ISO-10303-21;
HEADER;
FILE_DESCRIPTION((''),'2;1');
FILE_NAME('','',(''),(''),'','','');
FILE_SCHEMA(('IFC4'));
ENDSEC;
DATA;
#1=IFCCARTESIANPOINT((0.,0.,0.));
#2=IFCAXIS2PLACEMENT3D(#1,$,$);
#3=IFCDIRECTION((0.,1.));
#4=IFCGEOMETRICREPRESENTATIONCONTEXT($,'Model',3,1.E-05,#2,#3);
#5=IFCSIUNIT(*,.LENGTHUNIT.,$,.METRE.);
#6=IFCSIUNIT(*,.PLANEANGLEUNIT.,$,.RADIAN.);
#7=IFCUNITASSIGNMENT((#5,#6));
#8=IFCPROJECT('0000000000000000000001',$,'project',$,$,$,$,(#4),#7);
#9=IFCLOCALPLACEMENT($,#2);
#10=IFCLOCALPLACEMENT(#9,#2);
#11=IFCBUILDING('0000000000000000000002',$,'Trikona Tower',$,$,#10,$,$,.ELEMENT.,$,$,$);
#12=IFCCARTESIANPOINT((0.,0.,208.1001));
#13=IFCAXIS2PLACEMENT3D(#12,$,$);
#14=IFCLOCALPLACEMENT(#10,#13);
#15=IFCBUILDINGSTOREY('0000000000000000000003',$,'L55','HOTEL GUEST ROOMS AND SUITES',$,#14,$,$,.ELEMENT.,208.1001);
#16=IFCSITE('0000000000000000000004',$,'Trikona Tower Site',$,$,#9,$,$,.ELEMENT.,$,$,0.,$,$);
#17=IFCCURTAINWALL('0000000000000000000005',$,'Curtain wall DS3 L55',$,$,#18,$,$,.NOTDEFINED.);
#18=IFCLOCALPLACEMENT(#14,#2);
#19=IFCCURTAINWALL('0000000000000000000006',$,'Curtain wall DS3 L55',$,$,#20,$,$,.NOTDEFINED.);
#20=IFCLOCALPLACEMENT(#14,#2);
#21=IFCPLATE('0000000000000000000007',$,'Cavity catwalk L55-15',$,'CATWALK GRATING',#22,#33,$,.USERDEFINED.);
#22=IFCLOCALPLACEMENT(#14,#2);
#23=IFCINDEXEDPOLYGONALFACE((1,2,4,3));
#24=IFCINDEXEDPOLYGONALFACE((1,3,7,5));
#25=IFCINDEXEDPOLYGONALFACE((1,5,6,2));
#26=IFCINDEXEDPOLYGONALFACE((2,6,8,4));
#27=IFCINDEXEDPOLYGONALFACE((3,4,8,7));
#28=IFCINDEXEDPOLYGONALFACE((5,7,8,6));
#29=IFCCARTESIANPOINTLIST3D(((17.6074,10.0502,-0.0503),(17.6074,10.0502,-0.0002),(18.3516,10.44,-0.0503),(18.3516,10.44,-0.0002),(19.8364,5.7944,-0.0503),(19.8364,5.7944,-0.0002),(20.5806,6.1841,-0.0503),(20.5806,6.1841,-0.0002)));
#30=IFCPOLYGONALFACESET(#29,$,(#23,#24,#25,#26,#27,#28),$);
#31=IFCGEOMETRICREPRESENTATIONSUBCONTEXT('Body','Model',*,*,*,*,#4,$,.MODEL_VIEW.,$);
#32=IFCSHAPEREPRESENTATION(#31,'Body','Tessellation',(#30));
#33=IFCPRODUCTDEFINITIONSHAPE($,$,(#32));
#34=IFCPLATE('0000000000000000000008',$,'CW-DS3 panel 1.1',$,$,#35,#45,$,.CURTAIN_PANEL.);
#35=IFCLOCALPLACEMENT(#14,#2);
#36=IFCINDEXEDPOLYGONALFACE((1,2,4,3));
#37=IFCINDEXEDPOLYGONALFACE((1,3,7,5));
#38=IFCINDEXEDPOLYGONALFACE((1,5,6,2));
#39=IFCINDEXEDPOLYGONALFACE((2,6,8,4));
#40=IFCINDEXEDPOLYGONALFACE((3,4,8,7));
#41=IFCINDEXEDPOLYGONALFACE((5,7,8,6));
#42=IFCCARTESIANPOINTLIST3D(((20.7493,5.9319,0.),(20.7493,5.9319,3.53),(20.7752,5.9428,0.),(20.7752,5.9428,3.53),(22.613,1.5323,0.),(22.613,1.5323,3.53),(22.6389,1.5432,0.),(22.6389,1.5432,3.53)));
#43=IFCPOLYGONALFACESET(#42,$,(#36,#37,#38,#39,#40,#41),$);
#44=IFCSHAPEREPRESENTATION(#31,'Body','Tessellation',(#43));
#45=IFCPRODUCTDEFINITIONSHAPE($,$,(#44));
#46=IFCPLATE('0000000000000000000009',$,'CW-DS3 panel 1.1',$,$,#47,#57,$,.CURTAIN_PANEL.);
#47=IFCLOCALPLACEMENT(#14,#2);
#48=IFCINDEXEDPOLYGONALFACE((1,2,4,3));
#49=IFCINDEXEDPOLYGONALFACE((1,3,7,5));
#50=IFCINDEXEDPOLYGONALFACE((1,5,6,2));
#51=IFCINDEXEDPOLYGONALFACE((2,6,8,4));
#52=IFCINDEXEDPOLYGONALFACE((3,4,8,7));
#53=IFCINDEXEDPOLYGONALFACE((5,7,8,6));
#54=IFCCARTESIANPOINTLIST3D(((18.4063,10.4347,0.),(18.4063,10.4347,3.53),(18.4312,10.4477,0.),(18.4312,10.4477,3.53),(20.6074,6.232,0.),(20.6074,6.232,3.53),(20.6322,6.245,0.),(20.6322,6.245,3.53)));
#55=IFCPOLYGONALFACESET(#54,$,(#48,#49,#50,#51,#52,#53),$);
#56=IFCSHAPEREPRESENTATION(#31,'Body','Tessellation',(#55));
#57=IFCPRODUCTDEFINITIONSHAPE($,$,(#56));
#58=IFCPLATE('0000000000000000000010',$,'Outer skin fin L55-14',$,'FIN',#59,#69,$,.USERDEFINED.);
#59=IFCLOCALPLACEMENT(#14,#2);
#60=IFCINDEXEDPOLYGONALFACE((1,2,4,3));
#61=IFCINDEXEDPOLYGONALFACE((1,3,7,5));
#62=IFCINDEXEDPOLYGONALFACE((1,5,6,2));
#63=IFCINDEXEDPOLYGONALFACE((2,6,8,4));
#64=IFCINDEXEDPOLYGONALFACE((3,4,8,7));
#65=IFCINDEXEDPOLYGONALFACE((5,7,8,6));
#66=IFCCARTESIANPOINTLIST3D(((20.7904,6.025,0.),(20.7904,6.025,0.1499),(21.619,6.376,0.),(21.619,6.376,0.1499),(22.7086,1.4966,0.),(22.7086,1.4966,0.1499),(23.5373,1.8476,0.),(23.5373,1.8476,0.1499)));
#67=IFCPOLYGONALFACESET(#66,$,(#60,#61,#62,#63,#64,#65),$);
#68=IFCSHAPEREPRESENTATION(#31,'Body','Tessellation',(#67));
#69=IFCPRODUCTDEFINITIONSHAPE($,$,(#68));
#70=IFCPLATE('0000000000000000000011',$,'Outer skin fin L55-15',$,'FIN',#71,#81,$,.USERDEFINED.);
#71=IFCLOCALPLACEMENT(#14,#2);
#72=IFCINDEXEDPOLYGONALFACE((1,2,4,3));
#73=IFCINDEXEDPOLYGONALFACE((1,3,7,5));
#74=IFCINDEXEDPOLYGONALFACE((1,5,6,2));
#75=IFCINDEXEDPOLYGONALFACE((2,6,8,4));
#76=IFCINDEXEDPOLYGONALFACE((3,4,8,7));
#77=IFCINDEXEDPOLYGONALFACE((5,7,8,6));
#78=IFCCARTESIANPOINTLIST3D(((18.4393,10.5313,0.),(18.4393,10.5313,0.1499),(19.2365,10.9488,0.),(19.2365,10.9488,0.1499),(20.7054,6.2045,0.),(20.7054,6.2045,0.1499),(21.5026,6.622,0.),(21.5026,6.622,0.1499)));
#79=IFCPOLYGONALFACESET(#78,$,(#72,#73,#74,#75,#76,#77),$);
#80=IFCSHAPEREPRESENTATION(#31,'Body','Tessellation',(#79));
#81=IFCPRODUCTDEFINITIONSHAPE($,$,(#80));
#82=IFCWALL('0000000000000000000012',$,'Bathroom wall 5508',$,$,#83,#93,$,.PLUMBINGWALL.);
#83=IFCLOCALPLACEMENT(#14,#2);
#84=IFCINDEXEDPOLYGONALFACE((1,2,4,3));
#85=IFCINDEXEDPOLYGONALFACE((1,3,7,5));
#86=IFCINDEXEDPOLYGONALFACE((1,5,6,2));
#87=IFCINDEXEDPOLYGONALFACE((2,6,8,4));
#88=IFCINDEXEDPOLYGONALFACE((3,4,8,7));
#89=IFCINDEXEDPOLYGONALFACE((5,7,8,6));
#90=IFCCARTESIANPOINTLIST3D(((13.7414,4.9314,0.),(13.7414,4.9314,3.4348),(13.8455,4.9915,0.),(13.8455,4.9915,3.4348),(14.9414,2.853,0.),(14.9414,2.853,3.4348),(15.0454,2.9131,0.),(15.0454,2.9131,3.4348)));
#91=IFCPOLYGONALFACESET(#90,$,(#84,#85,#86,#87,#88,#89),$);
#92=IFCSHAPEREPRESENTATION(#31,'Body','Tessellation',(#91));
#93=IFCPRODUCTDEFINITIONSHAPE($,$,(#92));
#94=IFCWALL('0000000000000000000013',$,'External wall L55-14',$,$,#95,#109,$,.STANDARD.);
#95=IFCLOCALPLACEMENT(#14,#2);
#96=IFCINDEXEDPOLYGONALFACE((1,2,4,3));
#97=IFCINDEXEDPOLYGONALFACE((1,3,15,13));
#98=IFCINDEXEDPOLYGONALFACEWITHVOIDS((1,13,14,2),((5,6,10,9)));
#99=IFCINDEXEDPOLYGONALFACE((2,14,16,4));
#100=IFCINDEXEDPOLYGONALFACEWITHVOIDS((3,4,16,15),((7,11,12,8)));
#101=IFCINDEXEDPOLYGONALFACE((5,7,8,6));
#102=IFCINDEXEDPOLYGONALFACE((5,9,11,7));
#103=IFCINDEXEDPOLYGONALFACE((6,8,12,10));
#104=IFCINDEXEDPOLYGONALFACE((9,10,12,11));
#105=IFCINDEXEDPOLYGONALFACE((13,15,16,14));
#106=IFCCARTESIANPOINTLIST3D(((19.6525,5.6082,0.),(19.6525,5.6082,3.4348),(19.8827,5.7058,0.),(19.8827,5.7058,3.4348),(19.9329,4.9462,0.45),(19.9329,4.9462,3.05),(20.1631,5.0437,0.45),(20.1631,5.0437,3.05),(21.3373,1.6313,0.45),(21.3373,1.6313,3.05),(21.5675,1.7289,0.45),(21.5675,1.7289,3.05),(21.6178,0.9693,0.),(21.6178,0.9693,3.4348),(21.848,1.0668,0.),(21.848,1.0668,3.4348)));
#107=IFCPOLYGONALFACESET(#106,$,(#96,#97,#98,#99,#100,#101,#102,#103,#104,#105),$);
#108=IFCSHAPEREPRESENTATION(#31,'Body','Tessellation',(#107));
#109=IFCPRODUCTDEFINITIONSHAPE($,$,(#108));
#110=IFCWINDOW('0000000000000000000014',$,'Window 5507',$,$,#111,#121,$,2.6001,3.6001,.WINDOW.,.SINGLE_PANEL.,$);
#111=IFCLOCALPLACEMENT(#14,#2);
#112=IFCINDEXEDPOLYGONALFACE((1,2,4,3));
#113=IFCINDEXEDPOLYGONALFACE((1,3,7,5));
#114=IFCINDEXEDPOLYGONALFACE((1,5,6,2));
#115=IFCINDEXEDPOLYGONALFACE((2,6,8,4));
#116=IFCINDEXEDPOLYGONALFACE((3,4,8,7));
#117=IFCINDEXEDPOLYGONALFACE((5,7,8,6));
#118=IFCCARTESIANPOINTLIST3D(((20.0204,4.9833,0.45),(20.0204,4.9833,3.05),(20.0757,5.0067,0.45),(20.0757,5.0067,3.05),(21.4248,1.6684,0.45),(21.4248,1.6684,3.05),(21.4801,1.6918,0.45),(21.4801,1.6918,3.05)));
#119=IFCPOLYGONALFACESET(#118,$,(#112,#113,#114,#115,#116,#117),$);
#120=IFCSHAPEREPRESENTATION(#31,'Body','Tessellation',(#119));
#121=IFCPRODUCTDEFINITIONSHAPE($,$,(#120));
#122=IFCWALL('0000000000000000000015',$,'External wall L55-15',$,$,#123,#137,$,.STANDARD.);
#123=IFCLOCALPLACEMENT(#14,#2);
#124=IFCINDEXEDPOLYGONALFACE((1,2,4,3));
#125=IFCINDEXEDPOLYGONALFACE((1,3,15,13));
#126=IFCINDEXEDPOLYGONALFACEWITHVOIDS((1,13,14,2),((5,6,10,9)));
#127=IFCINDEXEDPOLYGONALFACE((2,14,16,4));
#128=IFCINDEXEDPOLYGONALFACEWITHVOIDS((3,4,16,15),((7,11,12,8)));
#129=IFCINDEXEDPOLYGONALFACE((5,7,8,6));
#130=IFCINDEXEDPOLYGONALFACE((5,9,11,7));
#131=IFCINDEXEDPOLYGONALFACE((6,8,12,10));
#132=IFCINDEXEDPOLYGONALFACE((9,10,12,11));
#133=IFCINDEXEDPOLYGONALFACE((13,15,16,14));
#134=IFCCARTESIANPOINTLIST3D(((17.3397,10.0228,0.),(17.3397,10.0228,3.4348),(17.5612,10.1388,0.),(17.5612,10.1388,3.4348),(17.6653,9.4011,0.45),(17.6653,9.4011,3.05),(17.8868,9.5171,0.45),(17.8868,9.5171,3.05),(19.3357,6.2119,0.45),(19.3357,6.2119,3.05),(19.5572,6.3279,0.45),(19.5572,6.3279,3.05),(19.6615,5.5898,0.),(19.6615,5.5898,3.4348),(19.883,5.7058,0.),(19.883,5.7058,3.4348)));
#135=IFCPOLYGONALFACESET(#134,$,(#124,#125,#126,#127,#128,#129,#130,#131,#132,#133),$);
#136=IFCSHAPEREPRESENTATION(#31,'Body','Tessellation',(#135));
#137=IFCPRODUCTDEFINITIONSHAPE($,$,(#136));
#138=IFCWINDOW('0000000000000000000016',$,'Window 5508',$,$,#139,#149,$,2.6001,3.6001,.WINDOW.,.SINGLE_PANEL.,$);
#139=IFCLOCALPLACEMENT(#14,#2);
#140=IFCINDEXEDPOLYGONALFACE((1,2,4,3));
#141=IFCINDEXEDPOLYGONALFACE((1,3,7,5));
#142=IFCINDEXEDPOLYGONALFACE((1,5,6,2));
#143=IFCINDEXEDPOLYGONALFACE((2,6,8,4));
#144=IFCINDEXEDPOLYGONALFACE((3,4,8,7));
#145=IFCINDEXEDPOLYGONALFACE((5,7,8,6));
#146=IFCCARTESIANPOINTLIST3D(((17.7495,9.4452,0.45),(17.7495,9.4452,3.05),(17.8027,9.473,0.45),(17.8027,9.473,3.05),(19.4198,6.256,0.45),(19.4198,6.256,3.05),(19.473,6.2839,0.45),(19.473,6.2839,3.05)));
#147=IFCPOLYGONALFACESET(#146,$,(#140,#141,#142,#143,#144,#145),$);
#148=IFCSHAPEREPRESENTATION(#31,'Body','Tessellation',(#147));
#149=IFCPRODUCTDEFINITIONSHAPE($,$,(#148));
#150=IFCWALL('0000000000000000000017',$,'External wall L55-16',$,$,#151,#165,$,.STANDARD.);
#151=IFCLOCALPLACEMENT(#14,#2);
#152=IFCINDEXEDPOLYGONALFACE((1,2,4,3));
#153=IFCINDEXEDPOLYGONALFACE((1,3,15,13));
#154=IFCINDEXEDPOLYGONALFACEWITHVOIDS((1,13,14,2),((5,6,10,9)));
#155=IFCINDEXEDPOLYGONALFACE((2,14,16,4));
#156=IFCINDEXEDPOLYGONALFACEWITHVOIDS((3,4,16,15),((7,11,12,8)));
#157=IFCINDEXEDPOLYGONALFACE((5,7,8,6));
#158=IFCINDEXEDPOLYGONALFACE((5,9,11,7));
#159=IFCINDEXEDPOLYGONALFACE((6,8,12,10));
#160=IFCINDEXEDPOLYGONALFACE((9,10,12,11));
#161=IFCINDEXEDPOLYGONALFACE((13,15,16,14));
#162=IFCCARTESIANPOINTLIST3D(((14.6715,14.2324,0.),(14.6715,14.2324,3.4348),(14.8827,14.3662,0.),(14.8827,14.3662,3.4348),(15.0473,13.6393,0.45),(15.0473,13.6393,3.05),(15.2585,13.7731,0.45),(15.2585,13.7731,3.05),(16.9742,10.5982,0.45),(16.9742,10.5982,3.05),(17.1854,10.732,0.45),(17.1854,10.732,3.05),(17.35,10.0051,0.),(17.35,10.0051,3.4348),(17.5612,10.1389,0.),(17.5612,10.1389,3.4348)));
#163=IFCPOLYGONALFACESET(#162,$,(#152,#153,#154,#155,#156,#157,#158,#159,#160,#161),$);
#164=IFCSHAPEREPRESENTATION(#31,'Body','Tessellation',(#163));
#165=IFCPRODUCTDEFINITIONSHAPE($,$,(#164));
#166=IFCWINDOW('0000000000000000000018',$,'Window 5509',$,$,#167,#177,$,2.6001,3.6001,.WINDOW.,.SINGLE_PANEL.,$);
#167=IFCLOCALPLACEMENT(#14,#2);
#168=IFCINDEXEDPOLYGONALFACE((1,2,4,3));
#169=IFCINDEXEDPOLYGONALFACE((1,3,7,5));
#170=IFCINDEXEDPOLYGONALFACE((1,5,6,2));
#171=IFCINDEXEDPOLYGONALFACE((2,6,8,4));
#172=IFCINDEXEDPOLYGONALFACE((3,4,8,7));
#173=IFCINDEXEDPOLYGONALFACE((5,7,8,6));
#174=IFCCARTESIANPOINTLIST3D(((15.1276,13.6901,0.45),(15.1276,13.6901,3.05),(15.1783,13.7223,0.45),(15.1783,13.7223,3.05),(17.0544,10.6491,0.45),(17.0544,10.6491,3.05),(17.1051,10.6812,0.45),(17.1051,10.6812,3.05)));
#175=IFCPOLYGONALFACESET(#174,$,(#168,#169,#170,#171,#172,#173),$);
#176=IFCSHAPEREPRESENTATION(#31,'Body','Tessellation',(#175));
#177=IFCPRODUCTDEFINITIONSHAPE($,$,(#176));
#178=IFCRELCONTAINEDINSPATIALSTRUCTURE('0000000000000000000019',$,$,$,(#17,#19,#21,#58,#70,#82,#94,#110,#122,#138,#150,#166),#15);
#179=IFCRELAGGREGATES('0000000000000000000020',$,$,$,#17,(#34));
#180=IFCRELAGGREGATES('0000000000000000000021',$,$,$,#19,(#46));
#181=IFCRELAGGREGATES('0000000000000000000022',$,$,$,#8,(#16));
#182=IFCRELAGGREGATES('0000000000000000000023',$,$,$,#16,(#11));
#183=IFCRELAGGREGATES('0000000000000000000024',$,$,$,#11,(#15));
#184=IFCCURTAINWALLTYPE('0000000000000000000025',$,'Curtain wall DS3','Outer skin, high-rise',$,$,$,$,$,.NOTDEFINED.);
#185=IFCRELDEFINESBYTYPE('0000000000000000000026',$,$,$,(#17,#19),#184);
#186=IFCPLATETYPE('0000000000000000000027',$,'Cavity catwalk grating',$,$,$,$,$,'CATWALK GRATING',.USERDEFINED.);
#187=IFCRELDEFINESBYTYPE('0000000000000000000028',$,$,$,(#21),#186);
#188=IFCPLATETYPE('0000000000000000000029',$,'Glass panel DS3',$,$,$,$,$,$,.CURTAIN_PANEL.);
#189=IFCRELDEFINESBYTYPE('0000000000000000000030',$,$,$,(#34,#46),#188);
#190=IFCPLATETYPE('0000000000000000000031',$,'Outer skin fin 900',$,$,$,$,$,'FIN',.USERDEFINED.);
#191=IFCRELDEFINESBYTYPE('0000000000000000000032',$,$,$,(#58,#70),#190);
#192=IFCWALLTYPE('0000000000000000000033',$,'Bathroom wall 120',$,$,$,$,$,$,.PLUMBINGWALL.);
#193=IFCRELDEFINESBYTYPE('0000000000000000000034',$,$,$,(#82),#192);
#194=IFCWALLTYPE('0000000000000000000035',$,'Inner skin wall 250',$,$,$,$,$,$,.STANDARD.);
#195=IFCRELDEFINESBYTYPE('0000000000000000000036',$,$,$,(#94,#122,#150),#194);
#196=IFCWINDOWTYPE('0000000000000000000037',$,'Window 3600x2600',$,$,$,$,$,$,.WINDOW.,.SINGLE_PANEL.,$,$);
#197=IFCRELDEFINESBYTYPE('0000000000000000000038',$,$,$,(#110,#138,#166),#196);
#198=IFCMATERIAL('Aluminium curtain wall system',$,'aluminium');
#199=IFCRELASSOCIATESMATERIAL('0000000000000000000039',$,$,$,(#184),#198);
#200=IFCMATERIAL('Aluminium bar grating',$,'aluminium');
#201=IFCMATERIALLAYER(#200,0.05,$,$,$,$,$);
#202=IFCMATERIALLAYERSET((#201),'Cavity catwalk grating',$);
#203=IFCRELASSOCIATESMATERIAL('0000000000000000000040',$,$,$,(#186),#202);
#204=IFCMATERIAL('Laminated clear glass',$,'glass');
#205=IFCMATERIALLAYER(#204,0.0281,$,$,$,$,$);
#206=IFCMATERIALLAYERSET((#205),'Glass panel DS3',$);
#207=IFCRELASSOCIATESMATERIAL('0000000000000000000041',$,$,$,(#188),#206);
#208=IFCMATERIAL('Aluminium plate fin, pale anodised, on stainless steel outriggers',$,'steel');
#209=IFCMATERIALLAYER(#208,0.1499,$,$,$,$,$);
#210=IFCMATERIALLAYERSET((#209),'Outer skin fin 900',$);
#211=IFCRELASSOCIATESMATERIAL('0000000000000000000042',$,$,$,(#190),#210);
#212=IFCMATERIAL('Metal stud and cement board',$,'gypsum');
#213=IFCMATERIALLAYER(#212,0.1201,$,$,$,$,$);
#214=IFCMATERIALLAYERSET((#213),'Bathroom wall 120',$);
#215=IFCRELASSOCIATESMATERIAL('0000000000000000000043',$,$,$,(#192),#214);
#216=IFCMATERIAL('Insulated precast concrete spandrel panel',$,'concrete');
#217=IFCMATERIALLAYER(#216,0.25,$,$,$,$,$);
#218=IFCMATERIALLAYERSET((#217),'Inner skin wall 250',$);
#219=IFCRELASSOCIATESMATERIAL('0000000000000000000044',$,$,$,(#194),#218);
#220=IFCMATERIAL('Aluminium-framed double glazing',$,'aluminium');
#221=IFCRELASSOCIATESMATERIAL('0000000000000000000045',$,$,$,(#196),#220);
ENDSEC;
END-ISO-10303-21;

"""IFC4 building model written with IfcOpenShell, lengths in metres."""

from ifc_helpers import new_model, si_unit, direction, frame, frame_2d, origin, origin_2d, place, context, subcontext, project, spatial, rectangle, extrude, material, layer, layer_set, type_object, element, fill, aggregate, save


model = new_model("IFC4")

# Units and contexts
model_context = context("Model", 3, precision=1e-05, world=origin(), true_north=direction((0.0, 1.0)))
body_context = subcontext(model_context, "Body", "Model", "MODEL_VIEW")
ifc_project = project(units=[si_unit("LENGTHUNIT", "METRE"), si_unit("PLANEANGLEUNIT", "RADIAN")], contexts=[model_context])

# Site, building, storey
site_placement = place(None, origin())
site = spatial("IfcSite", under=ifc_project, at=site_placement, Name="Trikona Tower Site", CompositionType="ELEMENT", RefElevation=0.0)
building_placement = place(site_placement, origin())
building = spatial("IfcBuilding", under=site, at=building_placement, Name="Trikona Tower", CompositionType="ELEMENT")
storey_placement = place(building_placement, frame((0.0, 0.0, 208.1001)))
storey = spatial("IfcBuildingStorey", under=building, at=storey_placement, Name="L55", Description="HOTEL GUEST ROOMS AND SUITES", CompositionType="ELEMENT", Elevation=208.1001)

# Shared definitions
ifc_material_1 = material(Name="Aluminium curtain wall system", Category="aluminium")
curtain_wall_type = type_object("IfcCurtainWallType", Name="Curtain wall DS3", Description="Outer skin, high-rise", PredefinedType="NOTDEFINED", material=ifc_material_1)

# Curtain walls
curtain_wall_1_placement = place(storey_placement, origin())
curtain_wall_1 = element("IfcCurtainWall", 1, at=curtain_wall_1_placement, inside=storey, type_object=curtain_wall_type, Name="Curtain wall DS3 L55", PredefinedType="NOTDEFINED")
curtain_wall_2_placement = place(storey_placement, origin())
curtain_wall_2 = element("IfcCurtainWall", 2, at=curtain_wall_2_placement, inside=storey, type_object=curtain_wall_type, Name="Curtain wall DS3 L55", PredefinedType="NOTDEFINED")

# Plate
ifc_material_2 = material(Name="Aluminium bar grating", Category="aluminium")
ifc_layer_1 = layer(ifc_material_2, 0.05)
ifc_layer_set_1 = layer_set([ifc_layer_1], Name="Cavity catwalk grating")
plate_type_1 = type_object("IfcPlateType", Name="Cavity catwalk grating", ElementType="CATWALK GRATING", PredefinedType="USERDEFINED", material=ifc_layer_set_1)
plate_1_placement = place(storey_placement, frame((19.094, 8.1172, -0.0503), z_axis=(0.0, 0.0, 1.0), x_axis=(-0.463952, 0.88586, 0.0)))
element("IfcPlate", 3, at=plate_1_placement, inside=storey, type_object=plate_type_1, Name="Cavity catwalk L55-15", ObjectType="CATWALK GRATING", PredefinedType="USERDEFINED", context=body_context, shape_type="SweptSolid", body=[
    extrude(rectangle(XDim=4.8042, YDim=0.8401, at=origin_2d()), origin(), (0.0, 0.0, 1.0), 0.05),
])

# Plates
ifc_material_3 = material(Name="Laminated clear glass", Category="glass")
ifc_layer_2 = layer(ifc_material_3, 0.0281)
ifc_layer_set_2 = layer_set([ifc_layer_2], Name="Glass panel DS3")
plate_type_2 = type_object("IfcPlateType", Name="Glass panel DS3", PredefinedType="CURTAIN_PANEL", material=ifc_layer_set_2)
plate_2_placement = place(storey_placement, frame((21.6941, 3.7375, 0.0), z_axis=(0.0, 0.0, 1.0), x_axis=(-0.390053, 0.920792, 0.0)))
plate_2 = element("IfcPlate", 4, at=plate_2_placement, type_object=plate_type_2, Name="CW-DS3 panel 1.1", PredefinedType="CURTAIN_PANEL", context=body_context, shape_type="SweptSolid", body=[
    extrude(rectangle(XDim=4.7781, YDim=0.0281, at=origin_2d()), origin(), (0.0, 0.0, 1.0), 3.53),
])
aggregate(curtain_wall_1, [plate_2])
plate_3_placement = place(storey_placement, frame((19.5193, 8.3398, 0.0), z_axis=(0.0, 0.0, 1.0), x_axis=(-0.463948, 0.885862, 0.0)))
plate_3 = element("IfcPlate", 5, at=plate_3_placement, type_object=plate_type_2, Name="CW-DS3 panel 1.1", PredefinedType="CURTAIN_PANEL", context=body_context, shape_type="SweptSolid", body=[
    extrude(rectangle(XDim=4.7441, YDim=0.0281, at=origin_2d()), origin(), (0.0, 0.0, 1.0), 3.53),
])
aggregate(curtain_wall_2, [plate_3])

# Plates
ifc_material_4 = material(Name="Aluminium plate fin, pale anodised, on stainless steel outriggers", Category="steel")
ifc_layer_3 = layer(ifc_material_4, 0.1499)
ifc_layer_set_3 = layer_set([ifc_layer_3], Name="Outer skin fin 900")
plate_type_3 = type_object("IfcPlateType", Name="Outer skin fin 900", ElementType="FIN", PredefinedType="USERDEFINED", material=ifc_layer_set_3)
plate_4_placement = place(storey_placement, frame((22.1638, 3.9363, 0.0), z_axis=(0.0, 0.0, 1.0), x_axis=(-0.390051, 0.920793, 0.0)))
element("IfcPlate", 6, at=plate_4_placement, inside=storey, type_object=plate_type_3, Name="Outer skin fin L55-14", ObjectType="FIN", PredefinedType="USERDEFINED", context=body_context, shape_type="SweptSolid", body=[
    extrude(rectangle(XDim=4.918, YDim=0.8999, at=origin_2d()), origin(), (0.0, 0.0, 1.0), 0.1499),
])
plate_5_placement = place(storey_placement, frame((19.9709, 8.5767, 0.0), z_axis=(0.0, 0.0, 1.0), x_axis=(-0.463952, 0.88586, 0.0)))
element("IfcPlate", 7, at=plate_5_placement, inside=storey, type_object=plate_type_3, Name="Outer skin fin L55-15", ObjectType="FIN", PredefinedType="USERDEFINED", context=body_context, shape_type="SweptSolid", body=[
    extrude(rectangle(XDim=4.8843, YDim=0.8999, at=origin_2d()), origin(), (0.0, 0.0, 1.0), 0.1499),
])

# Wall
ifc_material_5 = material(Name="Metal stud and cement board", Category="gypsum")
ifc_layer_4 = layer(ifc_material_5, 0.1201)
ifc_layer_set_4 = layer_set([ifc_layer_4], Name="Bathroom wall 120")
wall_type_1 = type_object("IfcWallType", Name="Bathroom wall 120", PredefinedType="PLUMBINGWALL", material=ifc_layer_set_4)
wall_1_placement = place(storey_placement, frame((14.9934, 2.8831, 0.0), z_axis=(0.0, 0.0, 1.0), x_axis=(-0.500001, 0.866025, 0.0)))
element("IfcWall", 8, at=wall_1_placement, inside=storey, type_object=wall_type_1, Name="Bathroom wall 5508", PredefinedType="PLUMBINGWALL", context=body_context, shape_type="SweptSolid", body=[
    extrude(rectangle(XDim=2.3999, YDim=0.1201, at=frame_2d((1.2, 0.0))), origin(), (0.0, 0.0, 1.0), 3.4348),
])

# Walls, openings, windows
ifc_material_6 = material(Name="Insulated precast concrete spandrel panel", Category="concrete")
ifc_layer_5 = layer(ifc_material_6, 0.25)
ifc_layer_set_5 = layer_set([ifc_layer_5], Name="Inner skin wall 250")
wall_type_2 = type_object("IfcWallType", Name="Inner skin wall 250", PredefinedType="STANDARD", material=ifc_layer_set_5)
wall_2_placement = place(storey_placement, frame((21.7329, 1.0181, 0.0), z_axis=(0.0, 0.0, 1.0), x_axis=(-0.390097, 0.920774, 0.0)))
wall_2 = element("IfcWall", 9, at=wall_2_placement, inside=storey, type_object=wall_type_2, Name="External wall L55-14", PredefinedType="STANDARD", context=body_context, shape_type="SweptSolid", body=[
    extrude(rectangle(XDim=5.0381, YDim=0.25, at=frame_2d((2.519, 0.0))), origin(), (0.0, 0.0, 1.0), 3.4348),
])
opening_1_placement = place(wall_2_placement, frame((0.719, 0.0, 0.45)))
opening_1 = element("IfcOpeningElement", 10, at=opening_1_placement, cuts=wall_2, PredefinedType="OPENING", context=body_context, shape_type="SweptSolid", body=[
    extrude(rectangle(XDim=3.6001, YDim=2.6001, at=frame_2d((1.8, 1.3))), frame((0.0, 0.135, 0.0), z_axis=(0.0, -1.0, 0.0), x_axis=(1.0, 0.0, 0.0)), (0.0, 0.0, 1.0), 0.27),
])
ifc_material_7 = material(Name="Aluminium-framed double glazing", Category="aluminium")
window_type = type_object("IfcWindowType", Name="Window 3600x2600", PartitioningType="SINGLE_PANEL", PredefinedType="WINDOW", material=ifc_material_7)
window_1_placement = place(opening_1_placement, origin())
window_1 = element("IfcWindow", 11, at=window_1_placement, inside=storey, type_object=window_type, Name="Window 5507", OverallHeight=2.6001, OverallWidth=3.6001, PartitioningType="SINGLE_PANEL", PredefinedType="WINDOW", context=body_context, shape_type="SweptSolid", body=[
    extrude(rectangle(XDim=3.6001, YDim=2.6001, at=frame_2d((1.8, 1.3))), frame((0.0, 0.03, 0.0), z_axis=(0.0, -1.0, 0.0), x_axis=(1.0, 0.0, 0.0)), (0.0, 0.0, 1.0), 0.0601),
])
fill(opening_1, window_1)
wall_3_placement = place(storey_placement, frame((19.7722, 5.6479, 0.0), z_axis=(0.0, 0.0, 1.0), x_axis=(-0.463976, 0.885848, 0.0)))
wall_3 = element("IfcWall", 12, at=wall_3_placement, inside=storey, type_object=wall_type_2, Name="External wall L55-15", PredefinedType="STANDARD", context=body_context, shape_type="SweptSolid", body=[
    extrude(rectangle(XDim=5.0042, YDim=0.25, at=frame_2d((2.502, 0.0))), origin(), (0.0, 0.0, 1.0), 3.4348),
])
opening_2_placement = place(wall_3_placement, frame((0.7021, 0.0, 0.45)))
opening_2 = element("IfcOpeningElement", 13, at=opening_2_placement, cuts=wall_3, PredefinedType="OPENING", context=body_context, shape_type="SweptSolid", body=[
    extrude(rectangle(XDim=3.6001, YDim=2.6001, at=frame_2d((1.8, 1.3))), frame((0.0, 0.135, 0.0), z_axis=(0.0, -1.0, 0.0), x_axis=(1.0, 0.0, 0.0)), (0.0, 0.0, 1.0), 0.27),
])
window_2_placement = place(opening_2_placement, origin())
window_2 = element("IfcWindow", 14, at=window_2_placement, inside=storey, type_object=window_type, Name="Window 5508", OverallHeight=2.6001, OverallWidth=3.6001, PartitioningType="SINGLE_PANEL", PredefinedType="WINDOW", context=body_context, shape_type="SweptSolid", body=[
    extrude(rectangle(XDim=3.6001, YDim=2.6001, at=frame_2d((1.8, 1.3))), frame((0.0, 0.03, 0.0), z_axis=(0.0, -1.0, 0.0), x_axis=(1.0, 0.0, 0.0)), (0.0, 0.0, 1.0), 0.0601),
])
fill(opening_2, window_2)
wall_4_placement = place(storey_placement, frame((17.4556, 10.072, 0.0), z_axis=(0.0, 0.0, 1.0), x_axis=(-0.53522, 0.844712, 0.0)))
wall_4 = element("IfcWall", 15, at=wall_4_placement, inside=storey, type_object=wall_type_2, Name="External wall L55-16", PredefinedType="STANDARD", context=body_context, shape_type="SweptSolid", body=[
    extrude(rectangle(XDim=5.0044, YDim=0.25, at=frame_2d((2.5022, 0.0))), origin(), (0.0, 0.0, 1.0), 3.4348),
])
opening_3_placement = place(wall_4_placement, frame((0.7021, 0.0, 0.45)))
opening_3 = element("IfcOpeningElement", 16, at=opening_3_placement, cuts=wall_4, PredefinedType="OPENING", context=body_context, shape_type="SweptSolid", body=[
    extrude(rectangle(XDim=3.6001, YDim=2.6001, at=frame_2d((1.8, 1.3))), frame((0.0, 0.135, 0.0), z_axis=(0.0, -1.0, 0.0), x_axis=(1.0, 0.0, 0.0)), (0.0, 0.0, 1.0), 0.27),
])
window_3_placement = place(opening_3_placement, origin())
window_3 = element("IfcWindow", 17, at=window_3_placement, inside=storey, type_object=window_type, Name="Window 5509", OverallHeight=2.6001, OverallWidth=3.6001, PartitioningType="SINGLE_PANEL", PredefinedType="WINDOW", context=body_context, shape_type="SweptSolid", body=[
    extrude(rectangle(XDim=3.6001, YDim=2.6001, at=frame_2d((1.8, 1.3))), frame((0.0, 0.03, 0.0), z_axis=(0.0, -1.0, 0.0), x_axis=(1.0, 0.0, 0.0)), (0.0, 0.0, 1.0), 0.0601),
])
fill(opening_3, window_3)

save(model, "model.ifc")
